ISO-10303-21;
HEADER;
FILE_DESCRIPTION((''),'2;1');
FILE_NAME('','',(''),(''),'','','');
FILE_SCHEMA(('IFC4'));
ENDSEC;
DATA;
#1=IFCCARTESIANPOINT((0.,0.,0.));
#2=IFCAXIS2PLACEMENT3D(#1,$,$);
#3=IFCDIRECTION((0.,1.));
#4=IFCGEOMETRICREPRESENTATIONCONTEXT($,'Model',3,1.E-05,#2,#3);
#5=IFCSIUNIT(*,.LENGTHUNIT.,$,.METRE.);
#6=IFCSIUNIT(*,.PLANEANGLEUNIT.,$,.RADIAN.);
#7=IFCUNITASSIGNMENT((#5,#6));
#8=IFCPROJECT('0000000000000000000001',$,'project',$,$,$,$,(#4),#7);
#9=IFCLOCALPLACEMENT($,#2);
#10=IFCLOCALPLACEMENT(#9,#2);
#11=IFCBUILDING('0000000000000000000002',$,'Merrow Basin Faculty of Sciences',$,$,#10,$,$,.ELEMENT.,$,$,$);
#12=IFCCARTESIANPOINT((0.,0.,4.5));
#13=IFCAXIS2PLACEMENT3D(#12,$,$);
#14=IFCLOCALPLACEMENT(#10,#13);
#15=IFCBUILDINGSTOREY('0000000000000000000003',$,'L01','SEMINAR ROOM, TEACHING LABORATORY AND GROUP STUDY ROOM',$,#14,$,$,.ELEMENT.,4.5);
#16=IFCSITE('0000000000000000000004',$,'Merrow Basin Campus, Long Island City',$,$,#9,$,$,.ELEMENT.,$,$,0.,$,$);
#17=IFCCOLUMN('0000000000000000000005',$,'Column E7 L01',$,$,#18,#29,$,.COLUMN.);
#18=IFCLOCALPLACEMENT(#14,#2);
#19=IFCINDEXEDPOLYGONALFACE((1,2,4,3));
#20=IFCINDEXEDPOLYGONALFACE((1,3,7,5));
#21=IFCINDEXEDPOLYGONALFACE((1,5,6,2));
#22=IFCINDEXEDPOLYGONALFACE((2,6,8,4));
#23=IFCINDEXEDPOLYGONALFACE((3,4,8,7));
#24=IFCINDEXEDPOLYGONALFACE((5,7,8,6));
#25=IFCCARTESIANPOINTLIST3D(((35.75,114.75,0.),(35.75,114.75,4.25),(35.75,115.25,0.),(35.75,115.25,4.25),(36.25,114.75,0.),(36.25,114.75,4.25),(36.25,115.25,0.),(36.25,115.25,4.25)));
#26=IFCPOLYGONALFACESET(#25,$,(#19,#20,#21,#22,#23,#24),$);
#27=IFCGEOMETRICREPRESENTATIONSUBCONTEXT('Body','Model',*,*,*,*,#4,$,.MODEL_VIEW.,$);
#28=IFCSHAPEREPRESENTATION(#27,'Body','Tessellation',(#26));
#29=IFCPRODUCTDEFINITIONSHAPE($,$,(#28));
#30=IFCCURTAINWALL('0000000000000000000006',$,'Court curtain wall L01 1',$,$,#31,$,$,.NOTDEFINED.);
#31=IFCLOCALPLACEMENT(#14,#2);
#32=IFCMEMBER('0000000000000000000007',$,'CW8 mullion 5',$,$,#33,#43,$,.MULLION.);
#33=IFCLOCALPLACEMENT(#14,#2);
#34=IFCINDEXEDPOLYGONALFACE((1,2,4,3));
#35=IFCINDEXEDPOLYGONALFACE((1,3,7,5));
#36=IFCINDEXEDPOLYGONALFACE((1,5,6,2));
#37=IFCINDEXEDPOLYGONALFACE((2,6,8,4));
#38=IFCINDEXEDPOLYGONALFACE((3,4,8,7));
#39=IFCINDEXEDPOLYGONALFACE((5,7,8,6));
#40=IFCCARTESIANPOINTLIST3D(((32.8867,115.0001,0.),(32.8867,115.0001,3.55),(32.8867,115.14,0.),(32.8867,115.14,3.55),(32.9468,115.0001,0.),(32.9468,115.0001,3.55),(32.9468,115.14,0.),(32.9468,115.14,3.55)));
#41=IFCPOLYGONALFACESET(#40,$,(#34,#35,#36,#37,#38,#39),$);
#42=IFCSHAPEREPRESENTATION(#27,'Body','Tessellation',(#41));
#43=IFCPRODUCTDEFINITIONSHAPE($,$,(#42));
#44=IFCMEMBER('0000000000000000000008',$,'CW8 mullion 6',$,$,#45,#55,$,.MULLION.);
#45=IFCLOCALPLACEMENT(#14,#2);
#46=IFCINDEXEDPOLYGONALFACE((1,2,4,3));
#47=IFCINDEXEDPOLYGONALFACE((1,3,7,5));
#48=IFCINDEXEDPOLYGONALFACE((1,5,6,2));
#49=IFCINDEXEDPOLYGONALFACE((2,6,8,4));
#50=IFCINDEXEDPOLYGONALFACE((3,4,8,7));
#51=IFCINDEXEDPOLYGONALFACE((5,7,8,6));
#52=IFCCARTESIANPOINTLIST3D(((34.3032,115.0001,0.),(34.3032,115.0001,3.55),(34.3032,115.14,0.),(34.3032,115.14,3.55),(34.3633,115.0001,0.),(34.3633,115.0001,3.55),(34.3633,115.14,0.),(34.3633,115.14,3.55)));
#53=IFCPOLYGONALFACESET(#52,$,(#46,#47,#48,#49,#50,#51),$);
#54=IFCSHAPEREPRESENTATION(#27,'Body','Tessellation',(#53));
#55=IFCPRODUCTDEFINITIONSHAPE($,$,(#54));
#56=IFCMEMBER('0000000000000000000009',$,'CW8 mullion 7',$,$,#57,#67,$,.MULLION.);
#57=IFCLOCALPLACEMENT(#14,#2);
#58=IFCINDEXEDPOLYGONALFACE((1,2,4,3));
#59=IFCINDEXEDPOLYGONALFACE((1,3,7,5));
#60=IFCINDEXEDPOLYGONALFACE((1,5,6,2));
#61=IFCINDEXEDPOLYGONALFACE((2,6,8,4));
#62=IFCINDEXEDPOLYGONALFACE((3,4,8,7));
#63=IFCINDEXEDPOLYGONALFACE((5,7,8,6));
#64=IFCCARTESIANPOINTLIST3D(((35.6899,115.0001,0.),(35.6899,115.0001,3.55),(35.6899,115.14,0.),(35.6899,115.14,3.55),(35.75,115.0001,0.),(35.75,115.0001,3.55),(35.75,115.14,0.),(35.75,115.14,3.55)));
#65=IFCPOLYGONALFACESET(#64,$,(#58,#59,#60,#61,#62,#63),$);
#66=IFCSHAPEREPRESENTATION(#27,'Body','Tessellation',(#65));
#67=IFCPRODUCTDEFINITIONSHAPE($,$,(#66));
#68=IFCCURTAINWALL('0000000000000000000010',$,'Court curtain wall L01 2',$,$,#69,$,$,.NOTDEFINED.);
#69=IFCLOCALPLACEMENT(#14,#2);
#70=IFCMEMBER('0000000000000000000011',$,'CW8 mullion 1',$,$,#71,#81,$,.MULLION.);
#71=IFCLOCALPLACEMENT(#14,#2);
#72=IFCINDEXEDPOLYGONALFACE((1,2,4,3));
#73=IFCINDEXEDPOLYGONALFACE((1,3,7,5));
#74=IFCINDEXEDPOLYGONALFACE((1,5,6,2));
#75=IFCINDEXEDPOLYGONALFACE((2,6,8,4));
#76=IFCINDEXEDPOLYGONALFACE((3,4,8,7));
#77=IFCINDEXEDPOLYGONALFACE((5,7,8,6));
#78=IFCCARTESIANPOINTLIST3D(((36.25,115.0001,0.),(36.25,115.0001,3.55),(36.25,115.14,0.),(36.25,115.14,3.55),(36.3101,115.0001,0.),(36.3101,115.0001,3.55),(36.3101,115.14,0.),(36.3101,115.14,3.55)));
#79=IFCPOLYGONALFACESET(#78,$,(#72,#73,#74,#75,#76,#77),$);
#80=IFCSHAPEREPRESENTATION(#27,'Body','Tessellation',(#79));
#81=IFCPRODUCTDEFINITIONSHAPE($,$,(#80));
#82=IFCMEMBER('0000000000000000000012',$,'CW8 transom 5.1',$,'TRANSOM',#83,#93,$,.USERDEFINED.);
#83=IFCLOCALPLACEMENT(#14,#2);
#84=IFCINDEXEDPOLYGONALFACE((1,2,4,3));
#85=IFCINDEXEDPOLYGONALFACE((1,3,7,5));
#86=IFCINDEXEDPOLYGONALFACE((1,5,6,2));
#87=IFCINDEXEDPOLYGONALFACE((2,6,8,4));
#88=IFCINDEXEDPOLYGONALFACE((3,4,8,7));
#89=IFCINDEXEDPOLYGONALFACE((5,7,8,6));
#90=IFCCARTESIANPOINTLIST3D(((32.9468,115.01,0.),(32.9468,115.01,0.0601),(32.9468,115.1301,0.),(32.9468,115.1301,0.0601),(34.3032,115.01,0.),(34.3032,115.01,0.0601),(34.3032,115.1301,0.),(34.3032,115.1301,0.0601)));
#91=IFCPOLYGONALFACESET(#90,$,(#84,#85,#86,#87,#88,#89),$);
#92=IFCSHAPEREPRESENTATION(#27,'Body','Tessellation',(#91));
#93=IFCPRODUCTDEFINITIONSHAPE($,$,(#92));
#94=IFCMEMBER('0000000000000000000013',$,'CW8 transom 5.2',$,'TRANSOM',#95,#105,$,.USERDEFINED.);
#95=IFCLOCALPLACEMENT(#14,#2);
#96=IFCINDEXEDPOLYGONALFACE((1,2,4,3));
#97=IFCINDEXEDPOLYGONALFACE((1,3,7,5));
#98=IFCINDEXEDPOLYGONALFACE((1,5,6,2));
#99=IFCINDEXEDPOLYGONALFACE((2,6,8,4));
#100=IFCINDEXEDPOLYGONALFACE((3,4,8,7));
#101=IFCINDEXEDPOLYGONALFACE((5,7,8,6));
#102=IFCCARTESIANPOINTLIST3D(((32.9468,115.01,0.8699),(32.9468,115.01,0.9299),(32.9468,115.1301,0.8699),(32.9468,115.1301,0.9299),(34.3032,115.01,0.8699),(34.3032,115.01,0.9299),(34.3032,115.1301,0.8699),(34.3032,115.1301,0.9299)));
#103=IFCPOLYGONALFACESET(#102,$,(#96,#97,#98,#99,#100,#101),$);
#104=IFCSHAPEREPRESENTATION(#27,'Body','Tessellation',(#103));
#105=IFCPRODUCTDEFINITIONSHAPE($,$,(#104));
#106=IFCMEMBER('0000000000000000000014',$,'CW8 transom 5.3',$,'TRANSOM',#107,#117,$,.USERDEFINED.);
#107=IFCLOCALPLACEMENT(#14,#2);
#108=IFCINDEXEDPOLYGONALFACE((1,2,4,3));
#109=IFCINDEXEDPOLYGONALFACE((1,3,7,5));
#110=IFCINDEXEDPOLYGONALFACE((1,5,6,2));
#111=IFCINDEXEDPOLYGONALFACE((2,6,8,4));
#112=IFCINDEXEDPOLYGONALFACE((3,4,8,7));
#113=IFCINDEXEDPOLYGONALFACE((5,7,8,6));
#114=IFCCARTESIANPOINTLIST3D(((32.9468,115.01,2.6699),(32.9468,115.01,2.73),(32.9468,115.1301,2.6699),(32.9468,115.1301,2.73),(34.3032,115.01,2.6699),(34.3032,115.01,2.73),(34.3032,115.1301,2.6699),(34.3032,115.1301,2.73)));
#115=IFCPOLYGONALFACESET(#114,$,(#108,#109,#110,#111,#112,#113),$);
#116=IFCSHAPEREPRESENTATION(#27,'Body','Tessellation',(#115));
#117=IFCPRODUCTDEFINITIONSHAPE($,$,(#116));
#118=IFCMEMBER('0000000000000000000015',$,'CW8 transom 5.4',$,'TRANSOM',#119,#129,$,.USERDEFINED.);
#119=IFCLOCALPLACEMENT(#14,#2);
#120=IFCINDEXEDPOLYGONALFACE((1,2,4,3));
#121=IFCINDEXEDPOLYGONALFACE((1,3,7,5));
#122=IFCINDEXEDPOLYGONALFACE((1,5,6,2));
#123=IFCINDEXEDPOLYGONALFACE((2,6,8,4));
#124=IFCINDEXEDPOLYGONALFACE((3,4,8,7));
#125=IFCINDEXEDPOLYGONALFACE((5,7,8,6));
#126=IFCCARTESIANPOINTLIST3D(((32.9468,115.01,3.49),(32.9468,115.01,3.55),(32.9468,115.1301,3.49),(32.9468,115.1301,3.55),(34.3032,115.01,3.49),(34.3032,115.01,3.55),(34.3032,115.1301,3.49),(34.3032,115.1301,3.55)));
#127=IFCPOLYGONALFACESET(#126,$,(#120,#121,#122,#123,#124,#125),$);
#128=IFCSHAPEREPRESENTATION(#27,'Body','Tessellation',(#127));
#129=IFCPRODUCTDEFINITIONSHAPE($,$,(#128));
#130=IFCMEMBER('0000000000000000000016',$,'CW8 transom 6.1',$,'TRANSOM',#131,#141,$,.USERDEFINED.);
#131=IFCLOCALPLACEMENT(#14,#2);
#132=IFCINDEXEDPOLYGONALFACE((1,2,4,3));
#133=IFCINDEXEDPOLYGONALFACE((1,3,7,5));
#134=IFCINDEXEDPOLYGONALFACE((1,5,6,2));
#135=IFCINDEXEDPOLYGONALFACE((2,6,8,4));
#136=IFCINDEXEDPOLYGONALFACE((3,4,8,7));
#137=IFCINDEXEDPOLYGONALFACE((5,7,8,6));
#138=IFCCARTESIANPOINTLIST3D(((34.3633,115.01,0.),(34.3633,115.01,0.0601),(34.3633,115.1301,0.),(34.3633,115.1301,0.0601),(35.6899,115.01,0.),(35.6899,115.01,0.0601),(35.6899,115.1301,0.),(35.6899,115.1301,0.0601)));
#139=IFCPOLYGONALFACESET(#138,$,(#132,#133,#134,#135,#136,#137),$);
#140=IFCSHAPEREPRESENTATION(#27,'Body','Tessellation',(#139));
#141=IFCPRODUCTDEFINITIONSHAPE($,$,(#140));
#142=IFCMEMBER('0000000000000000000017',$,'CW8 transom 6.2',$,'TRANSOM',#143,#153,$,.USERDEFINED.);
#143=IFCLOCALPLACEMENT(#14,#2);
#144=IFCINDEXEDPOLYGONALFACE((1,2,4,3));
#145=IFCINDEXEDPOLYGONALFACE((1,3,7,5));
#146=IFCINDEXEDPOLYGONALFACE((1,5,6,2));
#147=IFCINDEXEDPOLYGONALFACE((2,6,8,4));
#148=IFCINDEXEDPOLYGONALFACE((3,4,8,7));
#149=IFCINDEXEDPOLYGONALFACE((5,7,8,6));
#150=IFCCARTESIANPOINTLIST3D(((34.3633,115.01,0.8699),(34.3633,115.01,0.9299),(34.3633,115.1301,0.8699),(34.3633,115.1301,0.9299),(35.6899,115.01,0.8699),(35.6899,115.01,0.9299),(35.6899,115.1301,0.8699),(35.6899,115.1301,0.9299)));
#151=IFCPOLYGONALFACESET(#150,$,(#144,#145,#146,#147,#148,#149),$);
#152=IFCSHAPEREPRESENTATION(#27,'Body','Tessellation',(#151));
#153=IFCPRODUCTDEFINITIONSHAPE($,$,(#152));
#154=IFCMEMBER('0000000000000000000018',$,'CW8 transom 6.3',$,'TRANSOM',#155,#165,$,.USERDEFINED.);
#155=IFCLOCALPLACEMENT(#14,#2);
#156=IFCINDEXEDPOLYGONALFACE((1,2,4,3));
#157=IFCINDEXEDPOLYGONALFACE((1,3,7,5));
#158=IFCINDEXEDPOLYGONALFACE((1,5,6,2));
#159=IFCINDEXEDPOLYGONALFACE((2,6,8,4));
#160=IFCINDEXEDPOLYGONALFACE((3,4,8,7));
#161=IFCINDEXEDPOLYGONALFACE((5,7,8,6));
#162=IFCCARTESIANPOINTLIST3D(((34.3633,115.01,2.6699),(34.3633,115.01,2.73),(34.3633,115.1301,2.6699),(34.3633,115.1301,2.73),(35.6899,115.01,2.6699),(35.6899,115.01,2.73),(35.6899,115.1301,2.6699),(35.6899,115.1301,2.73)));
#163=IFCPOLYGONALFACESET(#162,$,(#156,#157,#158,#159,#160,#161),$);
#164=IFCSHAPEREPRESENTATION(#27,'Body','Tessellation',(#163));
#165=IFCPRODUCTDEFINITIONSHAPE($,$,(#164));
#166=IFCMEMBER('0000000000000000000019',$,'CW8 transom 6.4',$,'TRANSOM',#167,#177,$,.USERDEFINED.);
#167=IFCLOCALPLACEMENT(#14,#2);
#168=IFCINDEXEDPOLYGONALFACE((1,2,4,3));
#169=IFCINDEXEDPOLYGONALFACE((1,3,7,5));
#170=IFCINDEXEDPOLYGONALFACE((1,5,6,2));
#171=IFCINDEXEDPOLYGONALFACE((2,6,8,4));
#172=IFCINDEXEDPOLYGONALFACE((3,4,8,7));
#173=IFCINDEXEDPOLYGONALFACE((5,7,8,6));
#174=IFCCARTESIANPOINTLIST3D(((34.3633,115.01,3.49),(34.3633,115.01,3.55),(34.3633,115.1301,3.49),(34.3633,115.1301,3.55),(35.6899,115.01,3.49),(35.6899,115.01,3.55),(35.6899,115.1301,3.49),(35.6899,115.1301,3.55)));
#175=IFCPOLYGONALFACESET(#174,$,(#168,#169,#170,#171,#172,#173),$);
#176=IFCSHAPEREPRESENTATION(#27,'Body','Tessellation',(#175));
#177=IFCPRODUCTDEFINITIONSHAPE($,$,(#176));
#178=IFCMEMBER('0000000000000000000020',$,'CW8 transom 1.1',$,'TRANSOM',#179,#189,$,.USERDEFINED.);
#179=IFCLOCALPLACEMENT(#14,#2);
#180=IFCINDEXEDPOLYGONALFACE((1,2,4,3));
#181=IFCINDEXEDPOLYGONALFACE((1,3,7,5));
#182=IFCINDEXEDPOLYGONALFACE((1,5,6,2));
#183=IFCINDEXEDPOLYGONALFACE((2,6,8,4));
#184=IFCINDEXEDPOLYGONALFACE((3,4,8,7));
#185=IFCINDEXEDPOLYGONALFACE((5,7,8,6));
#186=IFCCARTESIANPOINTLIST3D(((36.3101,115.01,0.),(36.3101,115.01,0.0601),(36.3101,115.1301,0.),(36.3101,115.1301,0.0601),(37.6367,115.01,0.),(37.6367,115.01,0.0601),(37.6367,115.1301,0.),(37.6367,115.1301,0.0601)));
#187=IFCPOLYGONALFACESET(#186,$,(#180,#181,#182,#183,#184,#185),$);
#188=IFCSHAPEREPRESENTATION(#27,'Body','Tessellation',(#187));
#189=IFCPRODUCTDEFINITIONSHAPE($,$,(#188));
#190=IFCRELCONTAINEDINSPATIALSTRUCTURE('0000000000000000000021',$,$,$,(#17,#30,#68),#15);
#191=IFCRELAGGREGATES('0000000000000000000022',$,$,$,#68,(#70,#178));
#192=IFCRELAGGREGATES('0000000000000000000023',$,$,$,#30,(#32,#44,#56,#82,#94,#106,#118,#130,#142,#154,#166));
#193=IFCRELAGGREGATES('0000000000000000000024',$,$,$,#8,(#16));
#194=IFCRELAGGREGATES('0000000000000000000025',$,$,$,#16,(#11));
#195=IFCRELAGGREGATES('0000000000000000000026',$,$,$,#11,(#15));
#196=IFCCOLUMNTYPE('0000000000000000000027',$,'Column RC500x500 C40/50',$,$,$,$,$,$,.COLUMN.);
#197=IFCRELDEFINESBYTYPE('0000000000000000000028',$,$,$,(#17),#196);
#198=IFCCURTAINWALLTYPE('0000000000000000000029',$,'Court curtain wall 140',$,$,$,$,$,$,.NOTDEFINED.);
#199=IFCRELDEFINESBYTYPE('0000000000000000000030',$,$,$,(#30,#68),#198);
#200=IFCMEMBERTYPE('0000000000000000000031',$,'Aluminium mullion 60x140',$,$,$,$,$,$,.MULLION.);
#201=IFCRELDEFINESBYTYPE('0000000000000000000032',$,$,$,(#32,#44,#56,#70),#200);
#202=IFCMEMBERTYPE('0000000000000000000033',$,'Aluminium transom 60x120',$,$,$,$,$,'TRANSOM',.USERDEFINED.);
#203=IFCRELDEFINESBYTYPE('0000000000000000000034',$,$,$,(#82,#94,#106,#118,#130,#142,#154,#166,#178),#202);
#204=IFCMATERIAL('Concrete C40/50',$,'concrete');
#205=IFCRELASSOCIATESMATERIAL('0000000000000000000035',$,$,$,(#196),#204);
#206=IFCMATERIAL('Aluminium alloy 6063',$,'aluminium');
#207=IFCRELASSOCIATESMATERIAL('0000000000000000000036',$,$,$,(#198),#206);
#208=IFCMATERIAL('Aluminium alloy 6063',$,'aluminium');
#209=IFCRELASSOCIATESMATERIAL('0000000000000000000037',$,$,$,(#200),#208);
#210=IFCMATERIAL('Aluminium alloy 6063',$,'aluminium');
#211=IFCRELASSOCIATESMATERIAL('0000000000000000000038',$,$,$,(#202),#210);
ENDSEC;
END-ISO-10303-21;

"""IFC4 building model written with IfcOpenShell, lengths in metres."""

from ifc_helpers import new_model, si_unit, direction, frame, origin, origin_2d, place, context, subcontext, project, spatial, rectangle, extrude, material, material_profile, profile_set, type_object, element, aggregate, save


model = new_model("IFC4")

# Units and contexts
model_context = context("Model", 3, precision=1e-05, world=origin(), true_north=direction((0.0, 1.0)))
body_context = subcontext(model_context, "Body", "Model", "MODEL_VIEW")
ifc_project = project(units=[si_unit("LENGTHUNIT", "METRE"), si_unit("PLANEANGLEUNIT", "RADIAN")], contexts=[model_context])

# Site, building, storey
site_placement = place(None, origin())
site = spatial("IfcSite", under=ifc_project, at=site_placement, Name="Merrow Basin Campus, Long Island City", CompositionType="ELEMENT", RefElevation=0.0)
building_placement = place(site_placement, origin())
building = spatial("IfcBuilding", under=site, at=building_placement, Name="Merrow Basin Faculty of Sciences", CompositionType="ELEMENT")
storey_placement = place(building_placement, frame((0.0, 0.0, 4.5)))
storey = spatial("IfcBuildingStorey", under=building, at=storey_placement, Name="L01", Description="SEMINAR ROOM, TEACHING LABORATORY AND GROUP STUDY ROOM", CompositionType="ELEMENT", Elevation=4.5)

# Column
ifc_material_1 = material(Name="Concrete C40/50", Category="concrete")
ifc_material_profile_1 = material_profile(ifc_material_1, rectangle(XDim=0.5, YDim=0.5, at=origin_2d()))
ifc_profile_set_1 = profile_set([ifc_material_profile_1], Name="Concrete C40/50")
column_type = type_object("IfcColumnType", Name="Column RC500x500 C40/50", PredefinedType="COLUMN", material=ifc_profile_set_1)
column_placement = place(storey_placement, frame((36.0, 115.0, 0.0), z_axis=(0.0, 0.0, 1.0), x_axis=(1.0, 0.0, 0.0)))
element("IfcColumn", 1, at=column_placement, inside=storey, type_object=column_type, Name="Column E7 L01", PredefinedType="COLUMN", context=body_context, shape_type="SweptSolid", body=[
    extrude(rectangle(XDim=0.5, YDim=0.5, at=origin_2d()), origin(), (0.0, 0.0, 1.0), 4.25),
])

# Curtain wall, members
ifc_material_2 = material(Name="Aluminium alloy 6063", Category="aluminium")
curtain_wall_type = type_object("IfcCurtainWallType", Name="Court curtain wall 140", PredefinedType="NOTDEFINED", material=ifc_material_2)
curtain_wall_1_placement = place(storey_placement, origin())
curtain_wall_1 = element("IfcCurtainWall", 2, at=curtain_wall_1_placement, inside=storey, type_object=curtain_wall_type, Name="Court curtain wall L01 1", PredefinedType="NOTDEFINED")
ifc_material_3 = material(Name="Aluminium alloy 6063", Category="aluminium")
ifc_material_profile_2 = material_profile(ifc_material_3, rectangle(XDim=0.1399, YDim=0.0601, at=origin_2d()))
ifc_profile_set_2 = profile_set([ifc_material_profile_2], Name="Aluminium alloy 6063")
member_type_1 = type_object("IfcMemberType", Name="Aluminium mullion 60x140", PredefinedType="MULLION", material=ifc_profile_set_2)
member_1_placement = place(storey_placement, frame((32.9167, 115.0701, 0.0), z_axis=(0.0, 0.0, 1.0), x_axis=(0.0, 1.0, 0.0)))
member_1 = element("IfcMember", 3, at=member_1_placement, type_object=member_type_1, Name="CW8 mullion 5", PredefinedType="MULLION", context=body_context, shape_type="SweptSolid", body=[
    extrude(rectangle(XDim=0.1399, YDim=0.0601, at=origin_2d()), origin(), (0.0, 0.0, 1.0), 3.55),
])
member_2_placement = place(storey_placement, frame((34.3333, 115.0701, 0.0), z_axis=(0.0, 0.0, 1.0), x_axis=(0.0, 1.0, 0.0)))
member_2 = element("IfcMember", 4, at=member_2_placement, type_object=member_type_1, Name="CW8 mullion 6", PredefinedType="MULLION", context=body_context, shape_type="SweptSolid", body=[
    extrude(rectangle(XDim=0.1399, YDim=0.0601, at=origin_2d()), origin(), (0.0, 0.0, 1.0), 3.55),
])
member_3_placement = place(storey_placement, frame((35.72, 115.0701, 0.0), z_axis=(0.0, 0.0, 1.0), x_axis=(0.0, 1.0, 0.0)))
member_3 = element("IfcMember", 5, at=member_3_placement, type_object=member_type_1, Name="CW8 mullion 7", PredefinedType="MULLION", context=body_context, shape_type="SweptSolid", body=[
    extrude(rectangle(XDim=0.1399, YDim=0.0601, at=origin_2d()), origin(), (0.0, 0.0, 1.0), 3.55),
])

# Curtain wall, member
curtain_wall_2_placement = place(storey_placement, origin())
curtain_wall_2 = element("IfcCurtainWall", 6, at=curtain_wall_2_placement, inside=storey, type_object=curtain_wall_type, Name="Court curtain wall L01 2", PredefinedType="NOTDEFINED")
member_4_placement = place(storey_placement, frame((36.28, 115.0701, 0.0), z_axis=(0.0, 0.0, 1.0), x_axis=(0.0, 1.0, 0.0)))
member_4 = element("IfcMember", 7, at=member_4_placement, type_object=member_type_1, Name="CW8 mullion 1", PredefinedType="MULLION", context=body_context, shape_type="SweptSolid", body=[
    extrude(rectangle(XDim=0.1399, YDim=0.0601, at=origin_2d()), origin(), (0.0, 0.0, 1.0), 3.55),
])

# Members
ifc_material_4 = material(Name="Aluminium alloy 6063", Category="aluminium")
ifc_material_profile_3 = material_profile(ifc_material_4, rectangle(XDim=0.1201, YDim=0.0601, at=origin_2d()))
ifc_profile_set_3 = profile_set([ifc_material_profile_3], Name="Aluminium alloy 6063")
member_type_2 = type_object("IfcMemberType", Name="Aluminium transom 60x120", ElementType="TRANSOM", PredefinedType="USERDEFINED", material=ifc_profile_set_3)
member_5_placement = place(storey_placement, frame((32.9468, 115.0701, 0.03), z_axis=(1.0, 0.0, 0.0), x_axis=(0.0, 1.0, 0.0)))
member_5 = element("IfcMember", 8, at=member_5_placement, type_object=member_type_2, Name="CW8 transom 5.1", ObjectType="TRANSOM", PredefinedType="USERDEFINED", context=body_context, shape_type="SweptSolid", body=[
    extrude(rectangle(XDim=0.1201, YDim=0.0601, at=origin_2d()), origin(), (0.0, 0.0, 1.0), 1.3564),
])
member_6_placement = place(storey_placement, frame((32.9468, 115.0701, 0.8999), z_axis=(1.0, 0.0, 0.0), x_axis=(0.0, 1.0, 0.0)))
member_6 = element("IfcMember", 9, at=member_6_placement, type_object=member_type_2, Name="CW8 transom 5.2", ObjectType="TRANSOM", PredefinedType="USERDEFINED", context=body_context, shape_type="SweptSolid", body=[
    extrude(rectangle(XDim=0.1201, YDim=0.0601, at=origin_2d()), origin(), (0.0, 0.0, 1.0), 1.3564),
])
member_7_placement = place(storey_placement, frame((32.9468, 115.0701, 2.7), z_axis=(1.0, 0.0, 0.0), x_axis=(0.0, 1.0, 0.0)))
member_7 = element("IfcMember", 10, at=member_7_placement, type_object=member_type_2, Name="CW8 transom 5.3", ObjectType="TRANSOM", PredefinedType="USERDEFINED", context=body_context, shape_type="SweptSolid", body=[
    extrude(rectangle(XDim=0.1201, YDim=0.0601, at=origin_2d()), origin(), (0.0, 0.0, 1.0), 1.3564),
])
member_8_placement = place(storey_placement, frame((32.9468, 115.0701, 3.52), z_axis=(1.0, 0.0, 0.0), x_axis=(0.0, 1.0, 0.0)))
member_8 = element("IfcMember", 11, at=member_8_placement, type_object=member_type_2, Name="CW8 transom 5.4", ObjectType="TRANSOM", PredefinedType="USERDEFINED", context=body_context, shape_type="SweptSolid", body=[
    extrude(rectangle(XDim=0.1201, YDim=0.0601, at=origin_2d()), origin(), (0.0, 0.0, 1.0), 1.3564),
])
member_9_placement = place(storey_placement, frame((34.3633, 115.0701, 0.03), z_axis=(1.0, 0.0, 0.0), x_axis=(0.0, 1.0, 0.0)))
member_9 = element("IfcMember", 12, at=member_9_placement, type_object=member_type_2, Name="CW8 transom 6.1", ObjectType="TRANSOM", PredefinedType="USERDEFINED", context=body_context, shape_type="SweptSolid", body=[
    extrude(rectangle(XDim=0.1201, YDim=0.0601, at=origin_2d()), origin(), (0.0, 0.0, 1.0), 1.3267),
])
member_10_placement = place(storey_placement, frame((34.3633, 115.0701, 0.8999), z_axis=(1.0, 0.0, 0.0), x_axis=(0.0, 1.0, 0.0)))
member_10 = element("IfcMember", 13, at=member_10_placement, type_object=member_type_2, Name="CW8 transom 6.2", ObjectType="TRANSOM", PredefinedType="USERDEFINED", context=body_context, shape_type="SweptSolid", body=[
    extrude(rectangle(XDim=0.1201, YDim=0.0601, at=origin_2d()), origin(), (0.0, 0.0, 1.0), 1.3267),
])
member_11_placement = place(storey_placement, frame((34.3633, 115.0701, 2.7), z_axis=(1.0, 0.0, 0.0), x_axis=(0.0, 1.0, 0.0)))
member_11 = element("IfcMember", 14, at=member_11_placement, type_object=member_type_2, Name="CW8 transom 6.3", ObjectType="TRANSOM", PredefinedType="USERDEFINED", context=body_context, shape_type="SweptSolid", body=[
    extrude(rectangle(XDim=0.1201, YDim=0.0601, at=origin_2d()), origin(), (0.0, 0.0, 1.0), 1.3267),
])
member_12_placement = place(storey_placement, frame((34.3633, 115.0701, 3.52), z_axis=(1.0, 0.0, 0.0), x_axis=(0.0, 1.0, 0.0)))
member_12 = element("IfcMember", 15, at=member_12_placement, type_object=member_type_2, Name="CW8 transom 6.4", ObjectType="TRANSOM", PredefinedType="USERDEFINED", context=body_context, shape_type="SweptSolid", body=[
    extrude(rectangle(XDim=0.1201, YDim=0.0601, at=origin_2d()), origin(), (0.0, 0.0, 1.0), 1.3267),
])
member_13_placement = place(storey_placement, frame((36.3101, 115.0701, 0.03), z_axis=(1.0, 0.0, 0.0), x_axis=(0.0, 1.0, 0.0)))
member_13 = element("IfcMember", 16, at=member_13_placement, type_object=member_type_2, Name="CW8 transom 1.1", ObjectType="TRANSOM", PredefinedType="USERDEFINED", context=body_context, shape_type="SweptSolid", body=[
    extrude(rectangle(XDim=0.1201, YDim=0.0601, at=origin_2d()), origin(), (0.0, 0.0, 1.0), 1.3267),
])

aggregate(curtain_wall_2, [member_4, member_13])
aggregate(curtain_wall_1, [member_1, member_2, member_3, member_5, member_6, member_7, member_8, member_9, member_10, member_11, member_12])

save(model, "model.ifc")
